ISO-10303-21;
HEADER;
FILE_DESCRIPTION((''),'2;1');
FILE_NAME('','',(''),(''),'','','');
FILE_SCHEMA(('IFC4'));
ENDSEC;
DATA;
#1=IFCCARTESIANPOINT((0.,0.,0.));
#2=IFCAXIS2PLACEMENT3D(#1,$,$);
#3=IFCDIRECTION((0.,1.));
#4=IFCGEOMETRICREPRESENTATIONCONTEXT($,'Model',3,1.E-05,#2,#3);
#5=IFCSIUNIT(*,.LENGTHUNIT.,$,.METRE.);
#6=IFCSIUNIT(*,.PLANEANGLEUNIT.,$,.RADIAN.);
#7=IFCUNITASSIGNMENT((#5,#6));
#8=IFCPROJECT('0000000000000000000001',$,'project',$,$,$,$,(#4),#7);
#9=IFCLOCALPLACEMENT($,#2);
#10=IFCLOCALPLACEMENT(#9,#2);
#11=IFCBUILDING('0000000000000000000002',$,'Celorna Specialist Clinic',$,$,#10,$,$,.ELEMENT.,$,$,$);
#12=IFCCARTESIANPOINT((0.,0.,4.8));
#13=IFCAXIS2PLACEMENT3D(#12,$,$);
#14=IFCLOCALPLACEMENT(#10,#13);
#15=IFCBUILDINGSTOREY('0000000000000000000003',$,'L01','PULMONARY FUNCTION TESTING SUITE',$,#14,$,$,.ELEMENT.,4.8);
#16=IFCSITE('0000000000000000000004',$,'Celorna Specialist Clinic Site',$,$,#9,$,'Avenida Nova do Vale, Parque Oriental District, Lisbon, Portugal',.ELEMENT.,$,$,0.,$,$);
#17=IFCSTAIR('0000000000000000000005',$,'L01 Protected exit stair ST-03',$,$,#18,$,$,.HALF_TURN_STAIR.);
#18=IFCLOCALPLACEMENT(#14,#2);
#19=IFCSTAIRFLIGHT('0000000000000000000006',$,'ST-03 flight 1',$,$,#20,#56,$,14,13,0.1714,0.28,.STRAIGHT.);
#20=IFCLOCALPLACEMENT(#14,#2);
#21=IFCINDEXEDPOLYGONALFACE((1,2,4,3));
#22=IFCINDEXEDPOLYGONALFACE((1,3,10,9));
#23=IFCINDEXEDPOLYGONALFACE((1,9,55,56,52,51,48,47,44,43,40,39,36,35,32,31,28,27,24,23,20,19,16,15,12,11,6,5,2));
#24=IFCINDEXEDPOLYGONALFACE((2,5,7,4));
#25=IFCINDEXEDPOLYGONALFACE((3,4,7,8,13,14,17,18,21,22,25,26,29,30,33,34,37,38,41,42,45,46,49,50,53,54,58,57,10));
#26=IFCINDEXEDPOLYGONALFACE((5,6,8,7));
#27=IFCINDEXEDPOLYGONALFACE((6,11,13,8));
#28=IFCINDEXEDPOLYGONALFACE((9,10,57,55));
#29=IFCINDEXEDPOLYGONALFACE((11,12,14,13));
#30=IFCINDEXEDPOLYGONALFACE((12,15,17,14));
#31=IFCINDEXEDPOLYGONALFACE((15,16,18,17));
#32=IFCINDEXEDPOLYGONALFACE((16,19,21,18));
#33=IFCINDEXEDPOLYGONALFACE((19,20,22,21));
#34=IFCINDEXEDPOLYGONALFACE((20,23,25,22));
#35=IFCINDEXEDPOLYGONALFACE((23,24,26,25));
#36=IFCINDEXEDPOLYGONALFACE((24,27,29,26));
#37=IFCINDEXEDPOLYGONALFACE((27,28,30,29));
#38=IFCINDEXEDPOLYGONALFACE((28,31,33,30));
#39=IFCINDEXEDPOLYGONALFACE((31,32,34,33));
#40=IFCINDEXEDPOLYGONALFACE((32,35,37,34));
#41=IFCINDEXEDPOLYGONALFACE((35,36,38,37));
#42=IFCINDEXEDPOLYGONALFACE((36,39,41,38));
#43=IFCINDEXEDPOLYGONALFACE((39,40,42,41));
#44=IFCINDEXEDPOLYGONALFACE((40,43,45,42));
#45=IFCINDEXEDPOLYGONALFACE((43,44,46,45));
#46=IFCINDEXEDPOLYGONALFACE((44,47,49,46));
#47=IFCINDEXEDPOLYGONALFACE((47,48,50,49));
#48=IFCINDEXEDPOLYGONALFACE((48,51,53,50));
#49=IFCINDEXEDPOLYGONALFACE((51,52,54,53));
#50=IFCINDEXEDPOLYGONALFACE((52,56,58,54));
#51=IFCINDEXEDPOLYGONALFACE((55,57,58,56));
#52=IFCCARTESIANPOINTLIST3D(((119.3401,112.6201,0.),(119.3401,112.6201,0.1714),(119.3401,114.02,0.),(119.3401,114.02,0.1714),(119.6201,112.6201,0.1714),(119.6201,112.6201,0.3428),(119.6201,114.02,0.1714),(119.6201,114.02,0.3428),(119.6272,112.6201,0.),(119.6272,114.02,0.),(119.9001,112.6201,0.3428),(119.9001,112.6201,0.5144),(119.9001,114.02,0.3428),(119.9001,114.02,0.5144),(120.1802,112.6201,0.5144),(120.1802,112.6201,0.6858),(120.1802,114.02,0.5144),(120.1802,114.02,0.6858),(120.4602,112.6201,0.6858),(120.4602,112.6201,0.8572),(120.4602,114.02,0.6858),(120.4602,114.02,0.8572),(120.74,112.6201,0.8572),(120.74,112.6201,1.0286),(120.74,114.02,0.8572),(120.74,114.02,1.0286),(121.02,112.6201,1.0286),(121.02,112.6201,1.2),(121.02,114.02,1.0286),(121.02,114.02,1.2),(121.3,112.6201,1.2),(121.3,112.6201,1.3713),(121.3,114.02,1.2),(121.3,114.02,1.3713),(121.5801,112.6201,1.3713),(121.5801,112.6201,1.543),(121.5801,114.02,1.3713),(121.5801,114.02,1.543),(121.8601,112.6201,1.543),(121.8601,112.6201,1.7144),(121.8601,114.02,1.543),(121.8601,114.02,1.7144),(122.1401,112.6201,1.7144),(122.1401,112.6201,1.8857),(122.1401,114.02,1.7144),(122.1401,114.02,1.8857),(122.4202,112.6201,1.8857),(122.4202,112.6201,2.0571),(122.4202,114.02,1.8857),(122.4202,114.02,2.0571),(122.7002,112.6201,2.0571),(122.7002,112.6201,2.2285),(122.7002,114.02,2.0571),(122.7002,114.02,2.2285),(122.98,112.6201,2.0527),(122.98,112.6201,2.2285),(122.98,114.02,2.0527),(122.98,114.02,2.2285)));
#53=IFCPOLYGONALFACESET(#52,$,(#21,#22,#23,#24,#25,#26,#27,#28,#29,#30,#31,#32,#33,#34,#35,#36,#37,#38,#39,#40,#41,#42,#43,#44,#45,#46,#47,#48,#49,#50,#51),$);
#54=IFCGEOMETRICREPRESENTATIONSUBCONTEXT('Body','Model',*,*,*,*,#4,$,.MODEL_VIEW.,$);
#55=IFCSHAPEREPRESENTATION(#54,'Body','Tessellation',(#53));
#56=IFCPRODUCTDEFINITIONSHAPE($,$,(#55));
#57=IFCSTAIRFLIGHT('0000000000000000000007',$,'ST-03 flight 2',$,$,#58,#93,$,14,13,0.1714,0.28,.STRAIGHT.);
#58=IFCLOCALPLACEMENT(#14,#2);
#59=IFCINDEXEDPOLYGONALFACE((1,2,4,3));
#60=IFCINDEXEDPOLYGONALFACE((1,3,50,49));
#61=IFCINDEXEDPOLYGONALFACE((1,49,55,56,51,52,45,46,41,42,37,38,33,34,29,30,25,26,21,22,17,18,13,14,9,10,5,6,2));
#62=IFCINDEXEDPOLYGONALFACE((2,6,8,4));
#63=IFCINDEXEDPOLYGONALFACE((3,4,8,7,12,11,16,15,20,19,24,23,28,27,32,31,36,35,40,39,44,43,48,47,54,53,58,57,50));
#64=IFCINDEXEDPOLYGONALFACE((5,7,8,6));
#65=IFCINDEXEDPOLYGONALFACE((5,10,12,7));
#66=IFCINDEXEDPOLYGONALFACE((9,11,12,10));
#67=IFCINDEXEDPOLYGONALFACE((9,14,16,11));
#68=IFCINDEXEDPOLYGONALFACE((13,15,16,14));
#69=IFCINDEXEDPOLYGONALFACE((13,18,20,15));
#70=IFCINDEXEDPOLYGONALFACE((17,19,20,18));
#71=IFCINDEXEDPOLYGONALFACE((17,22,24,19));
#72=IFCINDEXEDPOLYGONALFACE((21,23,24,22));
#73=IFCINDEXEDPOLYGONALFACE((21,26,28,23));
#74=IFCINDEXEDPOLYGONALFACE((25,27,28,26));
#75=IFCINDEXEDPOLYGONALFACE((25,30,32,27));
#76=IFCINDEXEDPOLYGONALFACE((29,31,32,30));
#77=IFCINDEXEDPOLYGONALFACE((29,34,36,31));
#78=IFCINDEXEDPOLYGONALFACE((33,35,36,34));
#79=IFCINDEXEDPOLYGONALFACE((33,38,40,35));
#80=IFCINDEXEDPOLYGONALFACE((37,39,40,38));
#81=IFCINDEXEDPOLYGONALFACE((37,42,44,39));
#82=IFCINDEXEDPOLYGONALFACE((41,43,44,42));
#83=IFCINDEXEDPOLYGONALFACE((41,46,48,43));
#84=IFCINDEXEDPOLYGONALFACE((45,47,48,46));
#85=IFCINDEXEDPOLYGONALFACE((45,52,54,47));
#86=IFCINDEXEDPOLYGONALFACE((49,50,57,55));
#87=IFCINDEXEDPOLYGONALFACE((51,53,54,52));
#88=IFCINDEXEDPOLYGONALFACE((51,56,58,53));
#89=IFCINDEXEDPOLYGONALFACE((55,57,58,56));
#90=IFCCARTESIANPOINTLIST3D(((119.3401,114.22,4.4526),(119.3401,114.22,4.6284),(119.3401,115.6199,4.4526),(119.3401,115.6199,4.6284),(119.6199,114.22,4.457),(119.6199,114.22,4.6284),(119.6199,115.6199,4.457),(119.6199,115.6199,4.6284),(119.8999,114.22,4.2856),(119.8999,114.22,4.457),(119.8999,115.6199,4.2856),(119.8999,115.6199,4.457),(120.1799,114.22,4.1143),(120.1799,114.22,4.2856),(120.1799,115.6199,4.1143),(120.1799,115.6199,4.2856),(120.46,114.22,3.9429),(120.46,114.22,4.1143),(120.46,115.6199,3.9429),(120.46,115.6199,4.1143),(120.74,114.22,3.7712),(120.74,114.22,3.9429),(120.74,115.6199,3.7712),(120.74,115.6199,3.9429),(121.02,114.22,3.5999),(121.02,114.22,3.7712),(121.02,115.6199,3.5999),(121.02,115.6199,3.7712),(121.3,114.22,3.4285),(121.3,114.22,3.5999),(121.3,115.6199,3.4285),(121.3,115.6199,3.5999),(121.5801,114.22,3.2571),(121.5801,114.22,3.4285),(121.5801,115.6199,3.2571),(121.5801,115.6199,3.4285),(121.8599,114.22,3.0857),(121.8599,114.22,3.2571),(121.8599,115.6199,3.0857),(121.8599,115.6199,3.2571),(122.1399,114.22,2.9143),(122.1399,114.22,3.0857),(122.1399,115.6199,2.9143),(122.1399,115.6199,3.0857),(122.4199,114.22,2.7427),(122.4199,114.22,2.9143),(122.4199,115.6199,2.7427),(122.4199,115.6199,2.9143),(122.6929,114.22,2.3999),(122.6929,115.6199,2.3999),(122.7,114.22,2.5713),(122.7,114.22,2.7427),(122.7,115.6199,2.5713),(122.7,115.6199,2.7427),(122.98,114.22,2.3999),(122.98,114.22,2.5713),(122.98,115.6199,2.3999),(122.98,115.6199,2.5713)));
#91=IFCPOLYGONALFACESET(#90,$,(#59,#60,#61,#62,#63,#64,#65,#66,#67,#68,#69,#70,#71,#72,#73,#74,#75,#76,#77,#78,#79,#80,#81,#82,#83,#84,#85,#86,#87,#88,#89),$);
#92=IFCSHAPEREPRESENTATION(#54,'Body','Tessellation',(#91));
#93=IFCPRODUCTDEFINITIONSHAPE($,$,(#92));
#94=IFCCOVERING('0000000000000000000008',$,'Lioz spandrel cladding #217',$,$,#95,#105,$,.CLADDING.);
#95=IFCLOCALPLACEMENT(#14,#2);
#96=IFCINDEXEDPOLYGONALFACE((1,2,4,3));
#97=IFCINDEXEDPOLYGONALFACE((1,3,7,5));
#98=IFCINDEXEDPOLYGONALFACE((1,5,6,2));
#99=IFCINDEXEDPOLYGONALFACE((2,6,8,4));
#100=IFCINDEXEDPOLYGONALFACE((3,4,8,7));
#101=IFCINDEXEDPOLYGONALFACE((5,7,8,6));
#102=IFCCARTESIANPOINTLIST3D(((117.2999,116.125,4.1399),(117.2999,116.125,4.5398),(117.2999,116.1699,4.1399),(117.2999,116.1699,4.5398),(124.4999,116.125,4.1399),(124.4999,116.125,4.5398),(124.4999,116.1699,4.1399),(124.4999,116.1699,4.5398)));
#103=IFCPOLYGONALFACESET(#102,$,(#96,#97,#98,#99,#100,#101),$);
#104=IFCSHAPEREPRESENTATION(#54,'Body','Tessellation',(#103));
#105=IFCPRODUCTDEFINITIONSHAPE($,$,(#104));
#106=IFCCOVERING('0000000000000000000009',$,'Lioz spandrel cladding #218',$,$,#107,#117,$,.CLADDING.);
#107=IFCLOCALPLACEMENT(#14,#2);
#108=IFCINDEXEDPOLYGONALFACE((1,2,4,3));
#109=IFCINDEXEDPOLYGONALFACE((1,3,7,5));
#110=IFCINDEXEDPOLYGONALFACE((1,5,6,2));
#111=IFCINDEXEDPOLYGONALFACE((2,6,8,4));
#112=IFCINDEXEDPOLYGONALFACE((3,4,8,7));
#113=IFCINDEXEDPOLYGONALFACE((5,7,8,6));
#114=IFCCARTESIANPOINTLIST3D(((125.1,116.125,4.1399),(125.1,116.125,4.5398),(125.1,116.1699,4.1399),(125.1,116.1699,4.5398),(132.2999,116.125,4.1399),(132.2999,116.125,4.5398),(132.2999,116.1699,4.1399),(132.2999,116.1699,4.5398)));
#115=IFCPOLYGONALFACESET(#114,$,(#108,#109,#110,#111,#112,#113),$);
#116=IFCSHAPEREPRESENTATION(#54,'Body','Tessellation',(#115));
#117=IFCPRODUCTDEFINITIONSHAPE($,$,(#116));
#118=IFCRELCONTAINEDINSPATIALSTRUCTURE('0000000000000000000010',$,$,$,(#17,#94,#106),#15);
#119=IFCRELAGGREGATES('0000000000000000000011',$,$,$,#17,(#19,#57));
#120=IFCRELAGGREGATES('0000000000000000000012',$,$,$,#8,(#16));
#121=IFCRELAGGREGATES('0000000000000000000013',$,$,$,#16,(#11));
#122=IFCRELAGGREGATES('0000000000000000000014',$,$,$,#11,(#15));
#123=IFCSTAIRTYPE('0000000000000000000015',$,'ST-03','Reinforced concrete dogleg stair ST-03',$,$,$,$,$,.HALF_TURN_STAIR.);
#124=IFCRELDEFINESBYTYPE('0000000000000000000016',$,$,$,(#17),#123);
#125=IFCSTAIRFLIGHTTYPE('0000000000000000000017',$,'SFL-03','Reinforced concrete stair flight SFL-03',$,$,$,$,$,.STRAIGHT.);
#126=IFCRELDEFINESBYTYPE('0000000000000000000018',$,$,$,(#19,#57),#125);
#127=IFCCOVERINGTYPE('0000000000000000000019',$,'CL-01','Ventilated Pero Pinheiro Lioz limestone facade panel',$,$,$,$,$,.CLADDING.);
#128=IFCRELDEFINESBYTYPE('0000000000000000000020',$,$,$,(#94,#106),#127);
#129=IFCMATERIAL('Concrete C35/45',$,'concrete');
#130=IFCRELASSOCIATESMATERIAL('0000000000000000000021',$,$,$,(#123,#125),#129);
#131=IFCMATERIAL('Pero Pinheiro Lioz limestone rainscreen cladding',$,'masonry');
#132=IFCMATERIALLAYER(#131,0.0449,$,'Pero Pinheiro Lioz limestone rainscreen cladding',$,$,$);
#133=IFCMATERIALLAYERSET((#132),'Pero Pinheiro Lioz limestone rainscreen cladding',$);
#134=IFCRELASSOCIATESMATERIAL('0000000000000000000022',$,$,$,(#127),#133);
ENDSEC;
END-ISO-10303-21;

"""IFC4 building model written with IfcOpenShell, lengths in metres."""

from ifc_helpers import new_model, si_unit, direction, frame, origin, origin_2d, place, context, subcontext, project, spatial, polyline, rectangle, outline, extrude, material, layer, layer_set, type_object, element, aggregate, save


model = new_model("IFC4")

# Units and contexts
model_context = context("Model", 3, precision=1e-05, world=origin(), true_north=direction((0.0, 1.0)))
body_context = subcontext(model_context, "Body", "Model", "MODEL_VIEW")
ifc_project = project(units=[si_unit("LENGTHUNIT", "METRE"), si_unit("PLANEANGLEUNIT", "RADIAN")], contexts=[model_context])

# Site, building, storey
site_placement = place(None, origin())
site = spatial("IfcSite", under=ifc_project, at=site_placement, Name="Celorna Specialist Clinic Site", LongName="Avenida Nova do Vale, Parque Oriental District, Lisbon, Portugal", CompositionType="ELEMENT", RefElevation=0.0)
building_placement = place(site_placement, origin())
building = spatial("IfcBuilding", under=site, at=building_placement, Name="Celorna Specialist Clinic", CompositionType="ELEMENT")
storey_placement = place(building_placement, frame((0.0, 0.0, 4.8)))
storey = spatial("IfcBuildingStorey", under=building, at=storey_placement, Name="L01", Description="PULMONARY FUNCTION TESTING SUITE", CompositionType="ELEMENT", Elevation=4.8)

# Shared definitions
ifc_material_1 = material(Name="Concrete C35/45", Category="concrete")

# Stair, stair flights
stair_type = type_object("IfcStairType", Name="ST-03", Description="Reinforced concrete dogleg stair ST-03", PredefinedType="HALF_TURN_STAIR", material=ifc_material_1)
stair_placement = place(storey_placement, origin())
stair = element("IfcStair", 1, at=stair_placement, inside=storey, type_object=stair_type, Name="L01 Protected exit stair ST-03", PredefinedType="HALF_TURN_STAIR")
stair_flight_type = type_object("IfcStairFlightType", Name="SFL-03", Description="Reinforced concrete stair flight SFL-03", PredefinedType="STRAIGHT", material=ifc_material_1)
stair_flight_1_placement = place(storey_placement, frame((119.3401, 113.3201, 0.0), z_axis=(0.0, 0.0, 1.0), x_axis=(1.0, 0.0, 0.0)))
stair_flight_1 = element("IfcStairFlight", 2, at=stair_flight_1_placement, type_object=stair_flight_type, Name="ST-03 flight 1", NumberOfRisers=14, NumberOfTreads=13, PredefinedType="STRAIGHT", RiserHeight=0.1714, TreadLength=0.28, context=body_context, shape_type="SweptSolid", body=[
    extrude(outline(polyline([(0.0, 0.0), (0.0, 0.1714), (0.28, 0.1714), (0.28, 0.3428), (0.5601, 0.3428), (0.5601, 0.5144), (0.8401, 0.5144), (0.8401, 0.6858), (1.1201, 0.6858), (1.1201, 0.8572), (1.3999, 0.8572), (1.3999, 1.0286), (1.6799, 1.0286), (1.6799, 1.2), (1.96, 1.2), (1.96, 1.3713), (2.24, 1.3713), (2.24, 1.543), (2.52, 1.543), (2.52, 1.7144), (2.8, 1.7144), (2.8, 1.8857), (3.0801, 1.8857), (3.0801, 2.0571), (3.3601, 2.0571), (3.3601, 2.2285), (3.6399, 2.2285), (3.6399, 2.3999), (3.6399, 2.0527), (0.2871, 0.0), (0.0, 0.0)])), frame((0.0, 0.7, 0.0), z_axis=(0.0, -1.0, 0.0), x_axis=(1.0, 0.0, 0.0)), (0.0, 0.0, 1.0), 1.3999),
])
stair_flight_2_placement = place(storey_placement, frame((122.98, 114.9199, 2.3999), z_axis=(0.0, 0.0, 1.0), x_axis=(-1.0, 0.0, 0.0)))
stair_flight_2 = element("IfcStairFlight", 3, at=stair_flight_2_placement, type_object=stair_flight_type, Name="ST-03 flight 2", NumberOfRisers=14, NumberOfTreads=13, PredefinedType="STRAIGHT", RiserHeight=0.1714, TreadLength=0.28, context=body_context, shape_type="SweptSolid", body=[
    extrude(outline(polyline([(0.0, 0.0), (0.0, 0.1714), (0.28, 0.1714), (0.28, 0.3428), (0.5601, 0.3428), (0.5601, 0.5144), (0.8401, 0.5144), (0.8401, 0.6858), (1.1201, 0.6858), (1.1201, 0.8572), (1.3999, 0.8572), (1.3999, 1.0286), (1.6799, 1.0286), (1.6799, 1.2), (1.96, 1.2), (1.96, 1.3713), (2.24, 1.3713), (2.24, 1.543), (2.52, 1.543), (2.52, 1.7144), (2.8, 1.7144), (2.8, 1.8857), (3.0801, 1.8857), (3.0801, 2.0571), (3.3601, 2.0571), (3.3601, 2.2285), (3.6399, 2.2285), (3.6399, 2.3999), (3.6399, 2.0527), (0.2871, 0.0), (0.0, 0.0)])), frame((0.0, 0.7, 0.0), z_axis=(0.0, -1.0, 0.0), x_axis=(1.0, 0.0, 0.0)), (0.0, 0.0, 1.0), 1.3999),
])
aggregate(stair, [stair_flight_1, stair_flight_2])

# Coverings
ifc_material_2 = material(Name="Pero Pinheiro Lioz limestone rainscreen cladding", Category="masonry")
ifc_layer_1 = layer(ifc_material_2, 0.0449, Name="Pero Pinheiro Lioz limestone rainscreen cladding")
ifc_layer_set_1 = layer_set([ifc_layer_1], Name="Pero Pinheiro Lioz limestone rainscreen cladding")
covering_type = type_object("IfcCoveringType", Name="CL-01", Description="Ventilated Pero Pinheiro Lioz limestone facade panel", PredefinedType="CLADDING", material=ifc_layer_set_1)
for number, where, z_axis, x_axis, name in (
    (4, (120.8999, 116.1475, 4.1399), (0.0, 0.0, 1.0), (1.0, 0.0, 0.0), "Lioz spandrel cladding #217"),
    (5, (128.7, 116.1475, 4.1399), (0.0, 0.0, 1.0), (1.0, 0.0, 0.0), "Lioz spandrel cladding #218"),
):
    element("IfcCovering", number, at=place(storey_placement, frame(where, z_axis=z_axis, x_axis=x_axis)), inside=storey, type_object=covering_type, Name=name, PredefinedType="CLADDING", context=body_context, shape_type="SweptSolid", body=[
        extrude(rectangle(XDim=7.2, YDim=0.0449, at=origin_2d()), origin(), (0.0, 0.0, 1.0), 0.3999),
    ])

save(model, "model.ifc")
